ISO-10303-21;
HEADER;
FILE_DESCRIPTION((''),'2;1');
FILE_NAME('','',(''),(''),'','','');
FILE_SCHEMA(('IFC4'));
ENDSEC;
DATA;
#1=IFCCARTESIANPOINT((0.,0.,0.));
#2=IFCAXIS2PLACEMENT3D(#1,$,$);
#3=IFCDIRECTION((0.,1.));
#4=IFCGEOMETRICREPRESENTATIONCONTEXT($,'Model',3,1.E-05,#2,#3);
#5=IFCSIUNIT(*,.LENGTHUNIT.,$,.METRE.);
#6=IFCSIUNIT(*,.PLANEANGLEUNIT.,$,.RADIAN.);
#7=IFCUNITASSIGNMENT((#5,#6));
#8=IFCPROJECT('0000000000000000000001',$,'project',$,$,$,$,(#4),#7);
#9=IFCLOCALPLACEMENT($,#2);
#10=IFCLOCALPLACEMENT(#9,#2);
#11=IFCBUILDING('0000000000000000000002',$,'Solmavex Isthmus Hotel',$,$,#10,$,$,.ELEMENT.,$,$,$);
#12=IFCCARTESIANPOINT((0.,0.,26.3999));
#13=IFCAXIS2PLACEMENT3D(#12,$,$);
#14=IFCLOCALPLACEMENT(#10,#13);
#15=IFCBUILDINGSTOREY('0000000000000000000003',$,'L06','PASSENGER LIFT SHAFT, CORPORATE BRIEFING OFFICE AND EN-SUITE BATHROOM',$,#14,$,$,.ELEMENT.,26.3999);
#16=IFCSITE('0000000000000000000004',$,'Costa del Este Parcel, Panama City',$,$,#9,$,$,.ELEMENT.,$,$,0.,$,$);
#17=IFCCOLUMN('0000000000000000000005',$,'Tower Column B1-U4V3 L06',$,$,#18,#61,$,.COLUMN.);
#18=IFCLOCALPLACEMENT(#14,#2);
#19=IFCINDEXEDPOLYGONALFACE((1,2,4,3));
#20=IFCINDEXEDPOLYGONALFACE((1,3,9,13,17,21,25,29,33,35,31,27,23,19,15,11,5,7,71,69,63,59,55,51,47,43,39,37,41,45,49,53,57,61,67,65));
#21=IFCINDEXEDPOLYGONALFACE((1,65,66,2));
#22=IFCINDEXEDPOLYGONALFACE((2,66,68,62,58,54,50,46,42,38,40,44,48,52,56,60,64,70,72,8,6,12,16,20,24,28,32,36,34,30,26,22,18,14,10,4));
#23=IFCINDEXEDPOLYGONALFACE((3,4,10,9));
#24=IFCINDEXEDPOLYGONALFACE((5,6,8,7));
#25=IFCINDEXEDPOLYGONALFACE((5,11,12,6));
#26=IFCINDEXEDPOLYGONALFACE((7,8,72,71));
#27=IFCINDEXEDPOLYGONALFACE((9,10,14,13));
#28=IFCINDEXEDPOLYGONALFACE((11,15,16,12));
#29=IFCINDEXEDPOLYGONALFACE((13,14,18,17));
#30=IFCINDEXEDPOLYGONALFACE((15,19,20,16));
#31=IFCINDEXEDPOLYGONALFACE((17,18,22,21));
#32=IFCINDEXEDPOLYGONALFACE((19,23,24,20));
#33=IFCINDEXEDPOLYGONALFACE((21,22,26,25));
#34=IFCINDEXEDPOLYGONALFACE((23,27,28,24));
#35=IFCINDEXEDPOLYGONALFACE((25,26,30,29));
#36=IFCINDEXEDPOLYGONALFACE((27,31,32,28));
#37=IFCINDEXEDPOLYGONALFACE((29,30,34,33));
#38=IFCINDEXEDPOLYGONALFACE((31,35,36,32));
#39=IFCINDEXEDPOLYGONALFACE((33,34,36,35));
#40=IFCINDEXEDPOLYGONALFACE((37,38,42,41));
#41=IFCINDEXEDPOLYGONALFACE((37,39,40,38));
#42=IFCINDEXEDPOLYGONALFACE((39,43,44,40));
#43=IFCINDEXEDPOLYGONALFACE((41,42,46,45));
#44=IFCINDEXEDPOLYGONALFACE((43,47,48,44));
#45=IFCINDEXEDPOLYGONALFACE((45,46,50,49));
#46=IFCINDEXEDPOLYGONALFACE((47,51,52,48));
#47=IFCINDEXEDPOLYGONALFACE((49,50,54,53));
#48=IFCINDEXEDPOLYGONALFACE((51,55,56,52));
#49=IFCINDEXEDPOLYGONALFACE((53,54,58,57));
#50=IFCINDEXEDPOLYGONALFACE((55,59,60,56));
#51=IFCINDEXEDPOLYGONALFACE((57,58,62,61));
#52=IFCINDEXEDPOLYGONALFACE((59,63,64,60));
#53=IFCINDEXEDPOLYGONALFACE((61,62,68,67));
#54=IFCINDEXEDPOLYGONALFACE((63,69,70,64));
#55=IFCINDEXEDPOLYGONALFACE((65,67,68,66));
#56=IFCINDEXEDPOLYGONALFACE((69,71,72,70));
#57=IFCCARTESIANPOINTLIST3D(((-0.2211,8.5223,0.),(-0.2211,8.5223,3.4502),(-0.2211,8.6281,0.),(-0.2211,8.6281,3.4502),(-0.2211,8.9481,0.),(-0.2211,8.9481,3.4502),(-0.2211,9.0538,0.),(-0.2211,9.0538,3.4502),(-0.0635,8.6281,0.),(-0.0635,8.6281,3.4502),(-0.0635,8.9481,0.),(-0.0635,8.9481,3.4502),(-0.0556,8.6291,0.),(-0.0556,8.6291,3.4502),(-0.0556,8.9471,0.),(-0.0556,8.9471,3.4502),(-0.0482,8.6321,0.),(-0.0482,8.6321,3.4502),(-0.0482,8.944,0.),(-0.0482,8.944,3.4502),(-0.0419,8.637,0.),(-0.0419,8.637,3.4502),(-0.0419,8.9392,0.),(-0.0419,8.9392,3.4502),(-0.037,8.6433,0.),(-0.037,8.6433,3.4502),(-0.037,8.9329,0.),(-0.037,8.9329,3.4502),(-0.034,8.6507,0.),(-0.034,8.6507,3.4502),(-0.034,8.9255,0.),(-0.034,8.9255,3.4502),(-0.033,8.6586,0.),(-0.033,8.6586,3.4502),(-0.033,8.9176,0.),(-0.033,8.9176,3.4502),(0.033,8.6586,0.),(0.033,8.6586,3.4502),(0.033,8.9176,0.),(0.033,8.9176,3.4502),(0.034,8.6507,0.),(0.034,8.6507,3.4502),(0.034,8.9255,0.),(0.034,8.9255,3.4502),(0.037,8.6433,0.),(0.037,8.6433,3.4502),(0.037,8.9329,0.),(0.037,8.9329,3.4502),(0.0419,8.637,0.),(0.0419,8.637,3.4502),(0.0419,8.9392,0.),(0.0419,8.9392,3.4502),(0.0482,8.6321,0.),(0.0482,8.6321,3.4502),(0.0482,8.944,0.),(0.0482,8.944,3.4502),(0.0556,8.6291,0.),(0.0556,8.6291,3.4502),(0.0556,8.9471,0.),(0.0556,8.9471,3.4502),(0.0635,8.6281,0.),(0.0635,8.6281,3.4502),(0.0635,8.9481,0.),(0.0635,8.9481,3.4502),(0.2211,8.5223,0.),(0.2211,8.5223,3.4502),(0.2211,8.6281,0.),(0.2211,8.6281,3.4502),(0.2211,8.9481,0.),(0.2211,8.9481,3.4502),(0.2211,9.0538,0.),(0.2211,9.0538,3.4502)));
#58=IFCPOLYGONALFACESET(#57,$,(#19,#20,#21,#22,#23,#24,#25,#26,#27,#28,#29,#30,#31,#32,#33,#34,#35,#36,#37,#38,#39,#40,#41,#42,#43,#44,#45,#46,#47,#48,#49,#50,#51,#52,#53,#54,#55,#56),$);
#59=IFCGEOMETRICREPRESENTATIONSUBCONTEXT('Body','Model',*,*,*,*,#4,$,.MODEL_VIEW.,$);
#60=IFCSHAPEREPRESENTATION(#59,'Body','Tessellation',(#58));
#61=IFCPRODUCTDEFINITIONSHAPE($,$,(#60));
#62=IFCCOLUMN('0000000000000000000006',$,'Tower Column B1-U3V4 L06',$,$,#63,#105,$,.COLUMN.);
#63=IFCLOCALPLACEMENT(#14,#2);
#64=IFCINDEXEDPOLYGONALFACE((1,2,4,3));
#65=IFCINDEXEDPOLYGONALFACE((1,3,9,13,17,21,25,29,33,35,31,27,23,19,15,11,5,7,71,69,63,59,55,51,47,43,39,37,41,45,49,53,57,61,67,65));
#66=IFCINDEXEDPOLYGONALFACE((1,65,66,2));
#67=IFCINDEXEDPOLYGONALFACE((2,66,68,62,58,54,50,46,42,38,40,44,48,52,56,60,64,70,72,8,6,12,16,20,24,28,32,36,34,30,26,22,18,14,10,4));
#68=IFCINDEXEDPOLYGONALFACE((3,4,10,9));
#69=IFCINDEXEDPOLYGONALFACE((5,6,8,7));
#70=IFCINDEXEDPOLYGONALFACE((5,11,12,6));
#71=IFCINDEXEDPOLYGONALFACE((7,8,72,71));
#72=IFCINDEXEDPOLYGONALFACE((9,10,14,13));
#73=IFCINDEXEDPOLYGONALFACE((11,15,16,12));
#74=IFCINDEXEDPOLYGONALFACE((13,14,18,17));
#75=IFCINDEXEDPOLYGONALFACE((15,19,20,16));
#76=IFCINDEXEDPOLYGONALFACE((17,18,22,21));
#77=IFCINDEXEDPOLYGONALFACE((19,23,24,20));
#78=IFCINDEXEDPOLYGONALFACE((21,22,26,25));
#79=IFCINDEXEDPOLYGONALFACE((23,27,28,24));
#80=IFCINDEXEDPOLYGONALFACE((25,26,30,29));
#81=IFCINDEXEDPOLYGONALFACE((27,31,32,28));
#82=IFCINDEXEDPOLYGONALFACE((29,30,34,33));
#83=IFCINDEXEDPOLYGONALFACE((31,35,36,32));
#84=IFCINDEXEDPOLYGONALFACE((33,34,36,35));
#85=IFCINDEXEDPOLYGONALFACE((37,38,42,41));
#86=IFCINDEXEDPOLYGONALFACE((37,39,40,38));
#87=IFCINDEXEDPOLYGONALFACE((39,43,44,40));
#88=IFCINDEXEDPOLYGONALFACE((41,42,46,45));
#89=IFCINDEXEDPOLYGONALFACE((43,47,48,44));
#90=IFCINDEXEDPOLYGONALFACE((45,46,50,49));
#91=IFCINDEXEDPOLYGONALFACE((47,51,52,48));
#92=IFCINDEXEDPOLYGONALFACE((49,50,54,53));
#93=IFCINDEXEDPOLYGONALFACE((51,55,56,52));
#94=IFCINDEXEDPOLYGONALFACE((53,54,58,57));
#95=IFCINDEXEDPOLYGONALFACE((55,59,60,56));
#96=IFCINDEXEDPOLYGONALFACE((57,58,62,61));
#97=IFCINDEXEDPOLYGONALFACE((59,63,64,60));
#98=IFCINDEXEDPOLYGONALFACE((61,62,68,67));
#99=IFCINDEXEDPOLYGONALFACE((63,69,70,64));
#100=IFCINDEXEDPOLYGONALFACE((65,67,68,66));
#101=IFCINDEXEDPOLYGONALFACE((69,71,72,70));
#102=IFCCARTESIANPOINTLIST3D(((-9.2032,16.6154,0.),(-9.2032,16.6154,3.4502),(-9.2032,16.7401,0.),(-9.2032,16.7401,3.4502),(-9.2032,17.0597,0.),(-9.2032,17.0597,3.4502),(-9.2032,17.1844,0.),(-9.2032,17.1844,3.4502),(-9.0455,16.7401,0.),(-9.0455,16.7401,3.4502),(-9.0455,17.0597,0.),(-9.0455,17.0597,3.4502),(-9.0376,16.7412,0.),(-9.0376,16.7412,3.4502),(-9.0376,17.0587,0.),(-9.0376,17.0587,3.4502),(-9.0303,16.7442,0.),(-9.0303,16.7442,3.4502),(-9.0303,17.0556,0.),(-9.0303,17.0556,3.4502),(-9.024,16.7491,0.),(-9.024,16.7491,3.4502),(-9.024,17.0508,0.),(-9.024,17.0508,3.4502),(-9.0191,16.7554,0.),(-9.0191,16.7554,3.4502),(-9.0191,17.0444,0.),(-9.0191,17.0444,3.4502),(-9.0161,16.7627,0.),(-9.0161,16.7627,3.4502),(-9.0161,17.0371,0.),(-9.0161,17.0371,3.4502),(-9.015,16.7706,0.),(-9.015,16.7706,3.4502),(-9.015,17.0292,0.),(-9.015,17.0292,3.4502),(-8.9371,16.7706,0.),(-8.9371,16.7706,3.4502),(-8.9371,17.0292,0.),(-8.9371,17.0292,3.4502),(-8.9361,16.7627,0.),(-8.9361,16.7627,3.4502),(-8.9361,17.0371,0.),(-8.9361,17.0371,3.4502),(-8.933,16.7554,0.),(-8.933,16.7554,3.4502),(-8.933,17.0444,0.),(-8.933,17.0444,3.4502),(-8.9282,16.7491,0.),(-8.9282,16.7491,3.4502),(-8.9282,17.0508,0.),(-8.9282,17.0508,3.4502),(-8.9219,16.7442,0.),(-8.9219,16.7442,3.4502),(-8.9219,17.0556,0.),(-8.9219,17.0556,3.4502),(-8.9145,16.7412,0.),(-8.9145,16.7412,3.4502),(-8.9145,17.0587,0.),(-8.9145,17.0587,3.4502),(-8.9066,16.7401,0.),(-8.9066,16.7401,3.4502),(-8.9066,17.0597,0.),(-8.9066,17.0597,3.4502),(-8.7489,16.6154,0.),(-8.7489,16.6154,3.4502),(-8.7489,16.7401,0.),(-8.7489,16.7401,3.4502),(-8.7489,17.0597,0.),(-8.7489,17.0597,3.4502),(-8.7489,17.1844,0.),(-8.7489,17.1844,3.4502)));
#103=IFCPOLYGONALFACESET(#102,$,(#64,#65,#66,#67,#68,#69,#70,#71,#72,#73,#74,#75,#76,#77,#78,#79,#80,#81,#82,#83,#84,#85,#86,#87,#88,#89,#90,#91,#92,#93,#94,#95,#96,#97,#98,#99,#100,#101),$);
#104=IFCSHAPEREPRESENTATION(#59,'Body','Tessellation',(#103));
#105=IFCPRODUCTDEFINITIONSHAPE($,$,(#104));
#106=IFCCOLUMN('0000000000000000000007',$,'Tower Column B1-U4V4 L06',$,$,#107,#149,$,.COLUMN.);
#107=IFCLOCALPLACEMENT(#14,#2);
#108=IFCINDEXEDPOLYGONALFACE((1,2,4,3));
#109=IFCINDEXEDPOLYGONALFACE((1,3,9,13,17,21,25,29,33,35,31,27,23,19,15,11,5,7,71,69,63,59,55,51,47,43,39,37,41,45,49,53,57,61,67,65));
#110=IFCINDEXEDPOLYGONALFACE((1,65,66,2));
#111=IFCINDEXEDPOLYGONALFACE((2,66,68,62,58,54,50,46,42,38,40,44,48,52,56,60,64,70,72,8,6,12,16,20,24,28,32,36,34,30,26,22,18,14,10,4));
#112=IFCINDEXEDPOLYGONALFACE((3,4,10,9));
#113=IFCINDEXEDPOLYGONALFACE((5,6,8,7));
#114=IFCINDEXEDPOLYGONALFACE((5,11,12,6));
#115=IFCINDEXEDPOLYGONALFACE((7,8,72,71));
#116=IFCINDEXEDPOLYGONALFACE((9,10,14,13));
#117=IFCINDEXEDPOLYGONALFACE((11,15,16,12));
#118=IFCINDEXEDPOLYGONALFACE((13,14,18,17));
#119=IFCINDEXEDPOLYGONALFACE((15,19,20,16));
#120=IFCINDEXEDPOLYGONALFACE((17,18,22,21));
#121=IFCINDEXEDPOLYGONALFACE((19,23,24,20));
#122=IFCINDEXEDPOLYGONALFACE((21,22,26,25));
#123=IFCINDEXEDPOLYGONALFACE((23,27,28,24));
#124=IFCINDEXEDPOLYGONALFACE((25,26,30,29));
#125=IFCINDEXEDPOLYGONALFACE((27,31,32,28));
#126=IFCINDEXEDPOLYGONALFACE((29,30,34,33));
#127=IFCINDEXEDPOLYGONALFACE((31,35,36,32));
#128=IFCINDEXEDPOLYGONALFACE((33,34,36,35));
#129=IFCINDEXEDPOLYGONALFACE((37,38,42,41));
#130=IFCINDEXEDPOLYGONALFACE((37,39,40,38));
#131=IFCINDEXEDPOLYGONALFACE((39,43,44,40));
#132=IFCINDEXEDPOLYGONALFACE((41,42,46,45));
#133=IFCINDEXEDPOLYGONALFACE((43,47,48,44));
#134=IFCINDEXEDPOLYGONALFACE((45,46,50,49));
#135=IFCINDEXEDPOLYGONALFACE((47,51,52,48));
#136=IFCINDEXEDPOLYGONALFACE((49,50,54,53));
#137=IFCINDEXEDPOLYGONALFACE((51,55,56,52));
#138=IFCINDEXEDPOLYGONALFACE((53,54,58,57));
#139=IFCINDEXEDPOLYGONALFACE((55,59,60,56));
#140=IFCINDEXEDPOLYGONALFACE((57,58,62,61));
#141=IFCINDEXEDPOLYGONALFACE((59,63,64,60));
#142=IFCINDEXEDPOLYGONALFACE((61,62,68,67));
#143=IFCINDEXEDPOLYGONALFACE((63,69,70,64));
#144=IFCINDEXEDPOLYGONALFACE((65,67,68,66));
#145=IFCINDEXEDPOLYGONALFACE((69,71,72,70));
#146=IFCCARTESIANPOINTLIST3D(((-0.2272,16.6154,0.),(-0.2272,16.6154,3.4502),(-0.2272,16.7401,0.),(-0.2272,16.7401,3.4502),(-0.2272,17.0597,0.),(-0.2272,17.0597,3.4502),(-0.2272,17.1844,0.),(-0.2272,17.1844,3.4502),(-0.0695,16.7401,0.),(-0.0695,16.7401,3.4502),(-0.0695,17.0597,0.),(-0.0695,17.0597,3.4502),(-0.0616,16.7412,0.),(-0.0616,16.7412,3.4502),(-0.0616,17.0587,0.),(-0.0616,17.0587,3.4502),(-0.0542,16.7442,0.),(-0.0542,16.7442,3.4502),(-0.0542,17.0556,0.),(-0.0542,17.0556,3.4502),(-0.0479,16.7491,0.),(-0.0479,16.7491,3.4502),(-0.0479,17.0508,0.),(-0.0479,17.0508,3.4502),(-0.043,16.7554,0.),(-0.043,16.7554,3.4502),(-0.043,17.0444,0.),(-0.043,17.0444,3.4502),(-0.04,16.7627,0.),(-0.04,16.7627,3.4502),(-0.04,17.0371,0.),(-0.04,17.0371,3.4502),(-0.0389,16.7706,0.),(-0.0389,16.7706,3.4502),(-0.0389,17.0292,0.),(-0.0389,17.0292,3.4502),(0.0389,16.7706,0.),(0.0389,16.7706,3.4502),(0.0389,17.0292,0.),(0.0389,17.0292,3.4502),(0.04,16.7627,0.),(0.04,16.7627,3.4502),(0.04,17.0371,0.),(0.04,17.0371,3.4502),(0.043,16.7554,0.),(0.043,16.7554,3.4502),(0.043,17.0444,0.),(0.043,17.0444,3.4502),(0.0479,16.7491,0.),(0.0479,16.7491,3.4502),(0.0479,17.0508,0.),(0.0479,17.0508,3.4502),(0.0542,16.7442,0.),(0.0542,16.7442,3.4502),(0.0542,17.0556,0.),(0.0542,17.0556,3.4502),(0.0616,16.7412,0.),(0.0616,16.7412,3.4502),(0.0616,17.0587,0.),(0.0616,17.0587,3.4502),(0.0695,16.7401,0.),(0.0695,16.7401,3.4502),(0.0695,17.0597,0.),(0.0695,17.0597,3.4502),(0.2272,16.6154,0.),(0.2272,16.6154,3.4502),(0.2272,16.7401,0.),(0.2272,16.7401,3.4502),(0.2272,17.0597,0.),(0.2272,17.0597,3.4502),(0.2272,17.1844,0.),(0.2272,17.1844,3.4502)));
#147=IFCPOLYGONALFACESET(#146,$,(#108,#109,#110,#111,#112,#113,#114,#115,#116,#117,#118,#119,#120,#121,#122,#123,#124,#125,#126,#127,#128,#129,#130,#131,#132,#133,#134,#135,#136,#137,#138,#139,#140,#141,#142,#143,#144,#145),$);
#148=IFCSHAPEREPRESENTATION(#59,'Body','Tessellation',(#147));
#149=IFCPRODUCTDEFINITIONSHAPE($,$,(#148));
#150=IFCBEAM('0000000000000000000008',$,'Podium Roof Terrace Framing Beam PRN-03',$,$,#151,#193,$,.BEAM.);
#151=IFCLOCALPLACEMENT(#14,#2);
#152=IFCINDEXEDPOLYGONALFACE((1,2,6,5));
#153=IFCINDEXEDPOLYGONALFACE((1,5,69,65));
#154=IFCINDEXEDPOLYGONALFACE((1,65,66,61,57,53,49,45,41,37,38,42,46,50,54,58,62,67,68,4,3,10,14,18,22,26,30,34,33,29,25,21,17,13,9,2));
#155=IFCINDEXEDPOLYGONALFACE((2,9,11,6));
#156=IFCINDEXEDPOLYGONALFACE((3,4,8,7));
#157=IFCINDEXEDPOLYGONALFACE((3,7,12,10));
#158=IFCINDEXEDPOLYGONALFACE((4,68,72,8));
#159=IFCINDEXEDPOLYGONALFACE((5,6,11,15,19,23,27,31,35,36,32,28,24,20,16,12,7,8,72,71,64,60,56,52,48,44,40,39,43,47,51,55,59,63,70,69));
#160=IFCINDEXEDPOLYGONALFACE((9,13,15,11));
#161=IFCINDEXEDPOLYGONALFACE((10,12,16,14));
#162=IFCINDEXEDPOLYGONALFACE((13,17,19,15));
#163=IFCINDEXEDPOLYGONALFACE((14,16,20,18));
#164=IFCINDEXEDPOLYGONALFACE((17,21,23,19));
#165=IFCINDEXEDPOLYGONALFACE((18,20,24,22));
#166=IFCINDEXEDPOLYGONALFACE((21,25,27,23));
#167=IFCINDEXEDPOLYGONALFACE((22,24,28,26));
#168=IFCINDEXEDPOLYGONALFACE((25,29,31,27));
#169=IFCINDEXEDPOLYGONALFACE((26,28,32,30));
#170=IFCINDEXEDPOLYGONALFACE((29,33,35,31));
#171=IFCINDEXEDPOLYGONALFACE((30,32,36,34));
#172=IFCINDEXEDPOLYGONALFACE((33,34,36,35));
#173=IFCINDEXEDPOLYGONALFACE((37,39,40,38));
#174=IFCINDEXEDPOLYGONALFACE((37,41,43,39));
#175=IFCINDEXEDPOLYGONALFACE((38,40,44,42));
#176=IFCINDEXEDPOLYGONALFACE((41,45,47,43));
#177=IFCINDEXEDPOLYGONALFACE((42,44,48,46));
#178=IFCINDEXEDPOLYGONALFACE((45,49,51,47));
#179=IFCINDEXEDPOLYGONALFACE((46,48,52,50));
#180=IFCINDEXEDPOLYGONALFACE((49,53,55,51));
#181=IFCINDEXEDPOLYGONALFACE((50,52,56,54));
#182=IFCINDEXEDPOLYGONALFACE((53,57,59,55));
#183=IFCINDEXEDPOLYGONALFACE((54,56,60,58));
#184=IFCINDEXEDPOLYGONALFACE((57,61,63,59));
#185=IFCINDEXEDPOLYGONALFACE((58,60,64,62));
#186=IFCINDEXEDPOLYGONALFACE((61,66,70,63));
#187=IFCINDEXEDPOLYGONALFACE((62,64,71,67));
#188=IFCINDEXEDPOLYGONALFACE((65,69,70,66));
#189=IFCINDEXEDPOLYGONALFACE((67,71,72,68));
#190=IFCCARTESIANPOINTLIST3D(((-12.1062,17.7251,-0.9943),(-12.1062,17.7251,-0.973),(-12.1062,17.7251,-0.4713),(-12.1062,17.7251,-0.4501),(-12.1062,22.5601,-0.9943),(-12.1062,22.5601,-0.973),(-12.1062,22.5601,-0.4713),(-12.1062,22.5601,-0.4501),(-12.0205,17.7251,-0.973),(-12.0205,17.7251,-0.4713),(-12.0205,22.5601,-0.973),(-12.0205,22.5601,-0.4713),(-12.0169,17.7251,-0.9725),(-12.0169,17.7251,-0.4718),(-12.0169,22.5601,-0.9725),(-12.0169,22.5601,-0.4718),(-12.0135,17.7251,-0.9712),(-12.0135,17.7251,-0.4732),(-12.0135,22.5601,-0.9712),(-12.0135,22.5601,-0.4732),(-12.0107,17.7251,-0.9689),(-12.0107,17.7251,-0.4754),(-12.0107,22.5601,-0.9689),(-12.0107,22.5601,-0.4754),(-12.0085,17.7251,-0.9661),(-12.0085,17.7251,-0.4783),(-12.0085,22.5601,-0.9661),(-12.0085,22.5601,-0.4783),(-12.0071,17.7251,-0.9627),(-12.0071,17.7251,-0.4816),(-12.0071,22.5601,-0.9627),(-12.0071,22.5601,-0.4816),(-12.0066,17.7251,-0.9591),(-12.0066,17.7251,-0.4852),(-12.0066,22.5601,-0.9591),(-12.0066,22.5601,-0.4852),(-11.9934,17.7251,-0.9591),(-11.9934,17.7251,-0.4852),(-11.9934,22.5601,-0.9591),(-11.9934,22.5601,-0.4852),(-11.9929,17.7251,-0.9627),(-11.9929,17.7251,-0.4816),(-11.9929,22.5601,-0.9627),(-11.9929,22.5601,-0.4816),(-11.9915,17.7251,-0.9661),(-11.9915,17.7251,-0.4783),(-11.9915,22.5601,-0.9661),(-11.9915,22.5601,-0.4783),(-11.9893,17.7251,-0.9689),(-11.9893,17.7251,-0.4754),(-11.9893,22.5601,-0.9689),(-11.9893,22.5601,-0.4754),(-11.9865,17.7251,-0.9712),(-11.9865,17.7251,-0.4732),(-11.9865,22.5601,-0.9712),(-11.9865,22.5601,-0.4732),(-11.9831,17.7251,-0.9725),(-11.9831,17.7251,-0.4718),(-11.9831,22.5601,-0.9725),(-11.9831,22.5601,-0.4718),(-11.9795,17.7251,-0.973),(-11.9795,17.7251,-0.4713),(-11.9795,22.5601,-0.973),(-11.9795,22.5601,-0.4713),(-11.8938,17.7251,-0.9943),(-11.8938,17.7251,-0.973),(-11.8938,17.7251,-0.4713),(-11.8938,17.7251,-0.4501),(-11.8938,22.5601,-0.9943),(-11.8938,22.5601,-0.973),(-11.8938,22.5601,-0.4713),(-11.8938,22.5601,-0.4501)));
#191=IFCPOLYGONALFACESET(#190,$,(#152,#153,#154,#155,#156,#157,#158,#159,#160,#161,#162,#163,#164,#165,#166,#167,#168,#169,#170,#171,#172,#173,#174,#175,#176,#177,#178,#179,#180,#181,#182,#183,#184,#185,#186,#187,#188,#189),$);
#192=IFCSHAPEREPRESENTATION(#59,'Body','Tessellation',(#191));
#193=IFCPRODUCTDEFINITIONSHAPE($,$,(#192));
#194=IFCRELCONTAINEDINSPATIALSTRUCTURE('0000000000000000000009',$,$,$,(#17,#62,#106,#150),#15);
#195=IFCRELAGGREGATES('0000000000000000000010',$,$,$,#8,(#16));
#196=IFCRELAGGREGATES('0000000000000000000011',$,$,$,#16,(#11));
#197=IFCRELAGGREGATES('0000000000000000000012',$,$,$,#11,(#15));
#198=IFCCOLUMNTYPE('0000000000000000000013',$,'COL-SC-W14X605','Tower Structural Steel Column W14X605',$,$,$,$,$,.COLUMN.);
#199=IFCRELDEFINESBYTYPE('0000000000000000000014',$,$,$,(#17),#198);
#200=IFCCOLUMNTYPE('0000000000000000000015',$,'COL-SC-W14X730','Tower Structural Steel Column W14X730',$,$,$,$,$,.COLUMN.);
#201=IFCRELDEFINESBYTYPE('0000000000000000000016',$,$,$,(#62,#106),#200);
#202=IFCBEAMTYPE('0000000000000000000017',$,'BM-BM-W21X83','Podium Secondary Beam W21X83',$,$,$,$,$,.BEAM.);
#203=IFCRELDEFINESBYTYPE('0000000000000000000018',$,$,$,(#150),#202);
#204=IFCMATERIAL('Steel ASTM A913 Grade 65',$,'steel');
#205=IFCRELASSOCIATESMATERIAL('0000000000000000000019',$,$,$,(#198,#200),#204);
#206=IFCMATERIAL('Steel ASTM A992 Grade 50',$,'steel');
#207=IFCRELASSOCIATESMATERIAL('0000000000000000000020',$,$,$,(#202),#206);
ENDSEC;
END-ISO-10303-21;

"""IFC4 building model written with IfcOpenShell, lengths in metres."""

from ifc_helpers import new_model, si_unit, direction, frame, origin, origin_2d, place, context, subcontext, project, spatial, i_section, extrude, material, material_profile, profile_set, type_object, element, save


model = new_model("IFC4")

# Units and contexts
model_context = context("Model", 3, precision=1e-05, world=origin(), true_north=direction((0.0, 1.0)))
body_context = subcontext(model_context, "Body", "Model", "MODEL_VIEW")
ifc_project = project(units=[si_unit("LENGTHUNIT", "METRE"), si_unit("PLANEANGLEUNIT", "RADIAN")], contexts=[model_context])

# Site, building, storey
site_placement = place(None, origin())
site = spatial("IfcSite", under=ifc_project, at=site_placement, Name="Costa del Este Parcel, Panama City", CompositionType="ELEMENT", RefElevation=0.0)
building_placement = place(site_placement, origin())
building = spatial("IfcBuilding", under=site, at=building_placement, Name="Solmavex Isthmus Hotel", CompositionType="ELEMENT")
storey_placement = place(building_placement, frame((0.0, 0.0, 26.3999)))
storey = spatial("IfcBuildingStorey", under=building, at=storey_placement, Name="L06", Description="PASSENGER LIFT SHAFT, CORPORATE BRIEFING OFFICE AND EN-SUITE BATHROOM", CompositionType="ELEMENT", Elevation=26.3999)

# Columns
ifc_material_1 = material(Name="Steel ASTM A913 Grade 65", Category="steel")
ifc_material_profile_1 = material_profile(ifc_material_1, i_section(OverallWidth=0.4421, OverallDepth=0.5315, WebThickness=0.0659, FlangeThickness=0.1057, FilletRadius=0.0305, at=origin_2d()), Name="W14X605")
ifc_profile_set_1 = profile_set([ifc_material_profile_1], Name="Steel ASTM A913 Grade 65")
column_type_1 = type_object("IfcColumnType", Name="COL-SC-W14X605", Description="Tower Structural Steel Column W14X605", PredefinedType="COLUMN", material=ifc_profile_set_1)
column_placement = place(storey_placement, frame((0.0, 8.7881, 0.0), z_axis=(0.0, 0.0, 1.0), x_axis=(1.0, 0.0, 0.0)))
element("IfcColumn", 1, at=column_placement, inside=storey, type_object=column_type_1, Name="Tower Column B1-U4V3 L06", PredefinedType="COLUMN", context=body_context, shape_type="SweptSolid", body=[
    extrude(i_section(OverallWidth=0.4421, OverallDepth=0.5315, WebThickness=0.0659, FlangeThickness=0.1057, FilletRadius=0.0305, at=origin_2d()), origin(), (0.0, 0.0, 1.0), 3.4502),
])
ifc_material_profile_2 = material_profile(ifc_material_1, i_section(OverallWidth=0.4543, OverallDepth=0.5691, WebThickness=0.0779, FlangeThickness=0.1248, FilletRadius=0.0305, at=origin_2d()), Name="W14X730")
ifc_profile_set_2 = profile_set([ifc_material_profile_2], Name="Steel ASTM A913 Grade 65")
column_type_2 = type_object("IfcColumnType", Name="COL-SC-W14X730", Description="Tower Structural Steel Column W14X730", PredefinedType="COLUMN", material=ifc_profile_set_2)
for number, where, z_axis, x_axis, name in (
    (2, (-8.9761, 16.8999, 0.0), (0.0, 0.0, 1.0), (1.0, 0.0, 0.0), "Tower Column B1-U3V4 L06"),
    (3, (0.0, 16.8999, 0.0), (0.0, 0.0, 1.0), (1.0, 0.0, 0.0), "Tower Column B1-U4V4 L06"),
):
    element("IfcColumn", number, at=place(storey_placement, frame(where, z_axis=z_axis, x_axis=x_axis)), inside=storey, type_object=column_type_2, Name=name, PredefinedType="COLUMN", context=body_context, shape_type="SweptSolid", body=[
        extrude(i_section(OverallWidth=0.4543, OverallDepth=0.5691, WebThickness=0.0779, FlangeThickness=0.1248, FilletRadius=0.0305, at=origin_2d()), origin(), (0.0, 0.0, 1.0), 3.4502),
    ])

# Beam
ifc_material_2 = material(Name="Steel ASTM A992 Grade 50", Category="steel")
ifc_material_profile_3 = material_profile(ifc_material_2, i_section(OverallWidth=0.2124, OverallDepth=0.5442, WebThickness=0.0132, FlangeThickness=0.0212, FilletRadius=0.0139, at=origin_2d()), Name="W21X83")
ifc_profile_set_3 = profile_set([ifc_material_profile_3], Name="Steel ASTM A992 Grade 50")
beam_type_1 = type_object("IfcBeamType", Name="BM-BM-W21X83", Description="Podium Secondary Beam W21X83", PredefinedType="BEAM", material=ifc_profile_set_3)
for number, where, z_axis, x_axis, name in (
    (4, (-12.0, 17.7251, -0.7222), (0.0, 1.0, 0.0), (-1.0, 0.0, 0.0), "Podium Roof Terrace Framing Beam PRN-03"),
):
    element("IfcBeam", number, at=place(storey_placement, frame(where, z_axis=z_axis, x_axis=x_axis)), inside=storey, type_object=beam_type_1, Name=name, PredefinedType="BEAM", context=body_context, shape_type="SweptSolid", body=[
        extrude(i_section(OverallWidth=0.2124, OverallDepth=0.5442, WebThickness=0.0132, FlangeThickness=0.0212, FilletRadius=0.0139, at=origin_2d()), origin(), (0.0, 0.0, 1.0), 4.835),
    ])

save(model, "model.ifc")
